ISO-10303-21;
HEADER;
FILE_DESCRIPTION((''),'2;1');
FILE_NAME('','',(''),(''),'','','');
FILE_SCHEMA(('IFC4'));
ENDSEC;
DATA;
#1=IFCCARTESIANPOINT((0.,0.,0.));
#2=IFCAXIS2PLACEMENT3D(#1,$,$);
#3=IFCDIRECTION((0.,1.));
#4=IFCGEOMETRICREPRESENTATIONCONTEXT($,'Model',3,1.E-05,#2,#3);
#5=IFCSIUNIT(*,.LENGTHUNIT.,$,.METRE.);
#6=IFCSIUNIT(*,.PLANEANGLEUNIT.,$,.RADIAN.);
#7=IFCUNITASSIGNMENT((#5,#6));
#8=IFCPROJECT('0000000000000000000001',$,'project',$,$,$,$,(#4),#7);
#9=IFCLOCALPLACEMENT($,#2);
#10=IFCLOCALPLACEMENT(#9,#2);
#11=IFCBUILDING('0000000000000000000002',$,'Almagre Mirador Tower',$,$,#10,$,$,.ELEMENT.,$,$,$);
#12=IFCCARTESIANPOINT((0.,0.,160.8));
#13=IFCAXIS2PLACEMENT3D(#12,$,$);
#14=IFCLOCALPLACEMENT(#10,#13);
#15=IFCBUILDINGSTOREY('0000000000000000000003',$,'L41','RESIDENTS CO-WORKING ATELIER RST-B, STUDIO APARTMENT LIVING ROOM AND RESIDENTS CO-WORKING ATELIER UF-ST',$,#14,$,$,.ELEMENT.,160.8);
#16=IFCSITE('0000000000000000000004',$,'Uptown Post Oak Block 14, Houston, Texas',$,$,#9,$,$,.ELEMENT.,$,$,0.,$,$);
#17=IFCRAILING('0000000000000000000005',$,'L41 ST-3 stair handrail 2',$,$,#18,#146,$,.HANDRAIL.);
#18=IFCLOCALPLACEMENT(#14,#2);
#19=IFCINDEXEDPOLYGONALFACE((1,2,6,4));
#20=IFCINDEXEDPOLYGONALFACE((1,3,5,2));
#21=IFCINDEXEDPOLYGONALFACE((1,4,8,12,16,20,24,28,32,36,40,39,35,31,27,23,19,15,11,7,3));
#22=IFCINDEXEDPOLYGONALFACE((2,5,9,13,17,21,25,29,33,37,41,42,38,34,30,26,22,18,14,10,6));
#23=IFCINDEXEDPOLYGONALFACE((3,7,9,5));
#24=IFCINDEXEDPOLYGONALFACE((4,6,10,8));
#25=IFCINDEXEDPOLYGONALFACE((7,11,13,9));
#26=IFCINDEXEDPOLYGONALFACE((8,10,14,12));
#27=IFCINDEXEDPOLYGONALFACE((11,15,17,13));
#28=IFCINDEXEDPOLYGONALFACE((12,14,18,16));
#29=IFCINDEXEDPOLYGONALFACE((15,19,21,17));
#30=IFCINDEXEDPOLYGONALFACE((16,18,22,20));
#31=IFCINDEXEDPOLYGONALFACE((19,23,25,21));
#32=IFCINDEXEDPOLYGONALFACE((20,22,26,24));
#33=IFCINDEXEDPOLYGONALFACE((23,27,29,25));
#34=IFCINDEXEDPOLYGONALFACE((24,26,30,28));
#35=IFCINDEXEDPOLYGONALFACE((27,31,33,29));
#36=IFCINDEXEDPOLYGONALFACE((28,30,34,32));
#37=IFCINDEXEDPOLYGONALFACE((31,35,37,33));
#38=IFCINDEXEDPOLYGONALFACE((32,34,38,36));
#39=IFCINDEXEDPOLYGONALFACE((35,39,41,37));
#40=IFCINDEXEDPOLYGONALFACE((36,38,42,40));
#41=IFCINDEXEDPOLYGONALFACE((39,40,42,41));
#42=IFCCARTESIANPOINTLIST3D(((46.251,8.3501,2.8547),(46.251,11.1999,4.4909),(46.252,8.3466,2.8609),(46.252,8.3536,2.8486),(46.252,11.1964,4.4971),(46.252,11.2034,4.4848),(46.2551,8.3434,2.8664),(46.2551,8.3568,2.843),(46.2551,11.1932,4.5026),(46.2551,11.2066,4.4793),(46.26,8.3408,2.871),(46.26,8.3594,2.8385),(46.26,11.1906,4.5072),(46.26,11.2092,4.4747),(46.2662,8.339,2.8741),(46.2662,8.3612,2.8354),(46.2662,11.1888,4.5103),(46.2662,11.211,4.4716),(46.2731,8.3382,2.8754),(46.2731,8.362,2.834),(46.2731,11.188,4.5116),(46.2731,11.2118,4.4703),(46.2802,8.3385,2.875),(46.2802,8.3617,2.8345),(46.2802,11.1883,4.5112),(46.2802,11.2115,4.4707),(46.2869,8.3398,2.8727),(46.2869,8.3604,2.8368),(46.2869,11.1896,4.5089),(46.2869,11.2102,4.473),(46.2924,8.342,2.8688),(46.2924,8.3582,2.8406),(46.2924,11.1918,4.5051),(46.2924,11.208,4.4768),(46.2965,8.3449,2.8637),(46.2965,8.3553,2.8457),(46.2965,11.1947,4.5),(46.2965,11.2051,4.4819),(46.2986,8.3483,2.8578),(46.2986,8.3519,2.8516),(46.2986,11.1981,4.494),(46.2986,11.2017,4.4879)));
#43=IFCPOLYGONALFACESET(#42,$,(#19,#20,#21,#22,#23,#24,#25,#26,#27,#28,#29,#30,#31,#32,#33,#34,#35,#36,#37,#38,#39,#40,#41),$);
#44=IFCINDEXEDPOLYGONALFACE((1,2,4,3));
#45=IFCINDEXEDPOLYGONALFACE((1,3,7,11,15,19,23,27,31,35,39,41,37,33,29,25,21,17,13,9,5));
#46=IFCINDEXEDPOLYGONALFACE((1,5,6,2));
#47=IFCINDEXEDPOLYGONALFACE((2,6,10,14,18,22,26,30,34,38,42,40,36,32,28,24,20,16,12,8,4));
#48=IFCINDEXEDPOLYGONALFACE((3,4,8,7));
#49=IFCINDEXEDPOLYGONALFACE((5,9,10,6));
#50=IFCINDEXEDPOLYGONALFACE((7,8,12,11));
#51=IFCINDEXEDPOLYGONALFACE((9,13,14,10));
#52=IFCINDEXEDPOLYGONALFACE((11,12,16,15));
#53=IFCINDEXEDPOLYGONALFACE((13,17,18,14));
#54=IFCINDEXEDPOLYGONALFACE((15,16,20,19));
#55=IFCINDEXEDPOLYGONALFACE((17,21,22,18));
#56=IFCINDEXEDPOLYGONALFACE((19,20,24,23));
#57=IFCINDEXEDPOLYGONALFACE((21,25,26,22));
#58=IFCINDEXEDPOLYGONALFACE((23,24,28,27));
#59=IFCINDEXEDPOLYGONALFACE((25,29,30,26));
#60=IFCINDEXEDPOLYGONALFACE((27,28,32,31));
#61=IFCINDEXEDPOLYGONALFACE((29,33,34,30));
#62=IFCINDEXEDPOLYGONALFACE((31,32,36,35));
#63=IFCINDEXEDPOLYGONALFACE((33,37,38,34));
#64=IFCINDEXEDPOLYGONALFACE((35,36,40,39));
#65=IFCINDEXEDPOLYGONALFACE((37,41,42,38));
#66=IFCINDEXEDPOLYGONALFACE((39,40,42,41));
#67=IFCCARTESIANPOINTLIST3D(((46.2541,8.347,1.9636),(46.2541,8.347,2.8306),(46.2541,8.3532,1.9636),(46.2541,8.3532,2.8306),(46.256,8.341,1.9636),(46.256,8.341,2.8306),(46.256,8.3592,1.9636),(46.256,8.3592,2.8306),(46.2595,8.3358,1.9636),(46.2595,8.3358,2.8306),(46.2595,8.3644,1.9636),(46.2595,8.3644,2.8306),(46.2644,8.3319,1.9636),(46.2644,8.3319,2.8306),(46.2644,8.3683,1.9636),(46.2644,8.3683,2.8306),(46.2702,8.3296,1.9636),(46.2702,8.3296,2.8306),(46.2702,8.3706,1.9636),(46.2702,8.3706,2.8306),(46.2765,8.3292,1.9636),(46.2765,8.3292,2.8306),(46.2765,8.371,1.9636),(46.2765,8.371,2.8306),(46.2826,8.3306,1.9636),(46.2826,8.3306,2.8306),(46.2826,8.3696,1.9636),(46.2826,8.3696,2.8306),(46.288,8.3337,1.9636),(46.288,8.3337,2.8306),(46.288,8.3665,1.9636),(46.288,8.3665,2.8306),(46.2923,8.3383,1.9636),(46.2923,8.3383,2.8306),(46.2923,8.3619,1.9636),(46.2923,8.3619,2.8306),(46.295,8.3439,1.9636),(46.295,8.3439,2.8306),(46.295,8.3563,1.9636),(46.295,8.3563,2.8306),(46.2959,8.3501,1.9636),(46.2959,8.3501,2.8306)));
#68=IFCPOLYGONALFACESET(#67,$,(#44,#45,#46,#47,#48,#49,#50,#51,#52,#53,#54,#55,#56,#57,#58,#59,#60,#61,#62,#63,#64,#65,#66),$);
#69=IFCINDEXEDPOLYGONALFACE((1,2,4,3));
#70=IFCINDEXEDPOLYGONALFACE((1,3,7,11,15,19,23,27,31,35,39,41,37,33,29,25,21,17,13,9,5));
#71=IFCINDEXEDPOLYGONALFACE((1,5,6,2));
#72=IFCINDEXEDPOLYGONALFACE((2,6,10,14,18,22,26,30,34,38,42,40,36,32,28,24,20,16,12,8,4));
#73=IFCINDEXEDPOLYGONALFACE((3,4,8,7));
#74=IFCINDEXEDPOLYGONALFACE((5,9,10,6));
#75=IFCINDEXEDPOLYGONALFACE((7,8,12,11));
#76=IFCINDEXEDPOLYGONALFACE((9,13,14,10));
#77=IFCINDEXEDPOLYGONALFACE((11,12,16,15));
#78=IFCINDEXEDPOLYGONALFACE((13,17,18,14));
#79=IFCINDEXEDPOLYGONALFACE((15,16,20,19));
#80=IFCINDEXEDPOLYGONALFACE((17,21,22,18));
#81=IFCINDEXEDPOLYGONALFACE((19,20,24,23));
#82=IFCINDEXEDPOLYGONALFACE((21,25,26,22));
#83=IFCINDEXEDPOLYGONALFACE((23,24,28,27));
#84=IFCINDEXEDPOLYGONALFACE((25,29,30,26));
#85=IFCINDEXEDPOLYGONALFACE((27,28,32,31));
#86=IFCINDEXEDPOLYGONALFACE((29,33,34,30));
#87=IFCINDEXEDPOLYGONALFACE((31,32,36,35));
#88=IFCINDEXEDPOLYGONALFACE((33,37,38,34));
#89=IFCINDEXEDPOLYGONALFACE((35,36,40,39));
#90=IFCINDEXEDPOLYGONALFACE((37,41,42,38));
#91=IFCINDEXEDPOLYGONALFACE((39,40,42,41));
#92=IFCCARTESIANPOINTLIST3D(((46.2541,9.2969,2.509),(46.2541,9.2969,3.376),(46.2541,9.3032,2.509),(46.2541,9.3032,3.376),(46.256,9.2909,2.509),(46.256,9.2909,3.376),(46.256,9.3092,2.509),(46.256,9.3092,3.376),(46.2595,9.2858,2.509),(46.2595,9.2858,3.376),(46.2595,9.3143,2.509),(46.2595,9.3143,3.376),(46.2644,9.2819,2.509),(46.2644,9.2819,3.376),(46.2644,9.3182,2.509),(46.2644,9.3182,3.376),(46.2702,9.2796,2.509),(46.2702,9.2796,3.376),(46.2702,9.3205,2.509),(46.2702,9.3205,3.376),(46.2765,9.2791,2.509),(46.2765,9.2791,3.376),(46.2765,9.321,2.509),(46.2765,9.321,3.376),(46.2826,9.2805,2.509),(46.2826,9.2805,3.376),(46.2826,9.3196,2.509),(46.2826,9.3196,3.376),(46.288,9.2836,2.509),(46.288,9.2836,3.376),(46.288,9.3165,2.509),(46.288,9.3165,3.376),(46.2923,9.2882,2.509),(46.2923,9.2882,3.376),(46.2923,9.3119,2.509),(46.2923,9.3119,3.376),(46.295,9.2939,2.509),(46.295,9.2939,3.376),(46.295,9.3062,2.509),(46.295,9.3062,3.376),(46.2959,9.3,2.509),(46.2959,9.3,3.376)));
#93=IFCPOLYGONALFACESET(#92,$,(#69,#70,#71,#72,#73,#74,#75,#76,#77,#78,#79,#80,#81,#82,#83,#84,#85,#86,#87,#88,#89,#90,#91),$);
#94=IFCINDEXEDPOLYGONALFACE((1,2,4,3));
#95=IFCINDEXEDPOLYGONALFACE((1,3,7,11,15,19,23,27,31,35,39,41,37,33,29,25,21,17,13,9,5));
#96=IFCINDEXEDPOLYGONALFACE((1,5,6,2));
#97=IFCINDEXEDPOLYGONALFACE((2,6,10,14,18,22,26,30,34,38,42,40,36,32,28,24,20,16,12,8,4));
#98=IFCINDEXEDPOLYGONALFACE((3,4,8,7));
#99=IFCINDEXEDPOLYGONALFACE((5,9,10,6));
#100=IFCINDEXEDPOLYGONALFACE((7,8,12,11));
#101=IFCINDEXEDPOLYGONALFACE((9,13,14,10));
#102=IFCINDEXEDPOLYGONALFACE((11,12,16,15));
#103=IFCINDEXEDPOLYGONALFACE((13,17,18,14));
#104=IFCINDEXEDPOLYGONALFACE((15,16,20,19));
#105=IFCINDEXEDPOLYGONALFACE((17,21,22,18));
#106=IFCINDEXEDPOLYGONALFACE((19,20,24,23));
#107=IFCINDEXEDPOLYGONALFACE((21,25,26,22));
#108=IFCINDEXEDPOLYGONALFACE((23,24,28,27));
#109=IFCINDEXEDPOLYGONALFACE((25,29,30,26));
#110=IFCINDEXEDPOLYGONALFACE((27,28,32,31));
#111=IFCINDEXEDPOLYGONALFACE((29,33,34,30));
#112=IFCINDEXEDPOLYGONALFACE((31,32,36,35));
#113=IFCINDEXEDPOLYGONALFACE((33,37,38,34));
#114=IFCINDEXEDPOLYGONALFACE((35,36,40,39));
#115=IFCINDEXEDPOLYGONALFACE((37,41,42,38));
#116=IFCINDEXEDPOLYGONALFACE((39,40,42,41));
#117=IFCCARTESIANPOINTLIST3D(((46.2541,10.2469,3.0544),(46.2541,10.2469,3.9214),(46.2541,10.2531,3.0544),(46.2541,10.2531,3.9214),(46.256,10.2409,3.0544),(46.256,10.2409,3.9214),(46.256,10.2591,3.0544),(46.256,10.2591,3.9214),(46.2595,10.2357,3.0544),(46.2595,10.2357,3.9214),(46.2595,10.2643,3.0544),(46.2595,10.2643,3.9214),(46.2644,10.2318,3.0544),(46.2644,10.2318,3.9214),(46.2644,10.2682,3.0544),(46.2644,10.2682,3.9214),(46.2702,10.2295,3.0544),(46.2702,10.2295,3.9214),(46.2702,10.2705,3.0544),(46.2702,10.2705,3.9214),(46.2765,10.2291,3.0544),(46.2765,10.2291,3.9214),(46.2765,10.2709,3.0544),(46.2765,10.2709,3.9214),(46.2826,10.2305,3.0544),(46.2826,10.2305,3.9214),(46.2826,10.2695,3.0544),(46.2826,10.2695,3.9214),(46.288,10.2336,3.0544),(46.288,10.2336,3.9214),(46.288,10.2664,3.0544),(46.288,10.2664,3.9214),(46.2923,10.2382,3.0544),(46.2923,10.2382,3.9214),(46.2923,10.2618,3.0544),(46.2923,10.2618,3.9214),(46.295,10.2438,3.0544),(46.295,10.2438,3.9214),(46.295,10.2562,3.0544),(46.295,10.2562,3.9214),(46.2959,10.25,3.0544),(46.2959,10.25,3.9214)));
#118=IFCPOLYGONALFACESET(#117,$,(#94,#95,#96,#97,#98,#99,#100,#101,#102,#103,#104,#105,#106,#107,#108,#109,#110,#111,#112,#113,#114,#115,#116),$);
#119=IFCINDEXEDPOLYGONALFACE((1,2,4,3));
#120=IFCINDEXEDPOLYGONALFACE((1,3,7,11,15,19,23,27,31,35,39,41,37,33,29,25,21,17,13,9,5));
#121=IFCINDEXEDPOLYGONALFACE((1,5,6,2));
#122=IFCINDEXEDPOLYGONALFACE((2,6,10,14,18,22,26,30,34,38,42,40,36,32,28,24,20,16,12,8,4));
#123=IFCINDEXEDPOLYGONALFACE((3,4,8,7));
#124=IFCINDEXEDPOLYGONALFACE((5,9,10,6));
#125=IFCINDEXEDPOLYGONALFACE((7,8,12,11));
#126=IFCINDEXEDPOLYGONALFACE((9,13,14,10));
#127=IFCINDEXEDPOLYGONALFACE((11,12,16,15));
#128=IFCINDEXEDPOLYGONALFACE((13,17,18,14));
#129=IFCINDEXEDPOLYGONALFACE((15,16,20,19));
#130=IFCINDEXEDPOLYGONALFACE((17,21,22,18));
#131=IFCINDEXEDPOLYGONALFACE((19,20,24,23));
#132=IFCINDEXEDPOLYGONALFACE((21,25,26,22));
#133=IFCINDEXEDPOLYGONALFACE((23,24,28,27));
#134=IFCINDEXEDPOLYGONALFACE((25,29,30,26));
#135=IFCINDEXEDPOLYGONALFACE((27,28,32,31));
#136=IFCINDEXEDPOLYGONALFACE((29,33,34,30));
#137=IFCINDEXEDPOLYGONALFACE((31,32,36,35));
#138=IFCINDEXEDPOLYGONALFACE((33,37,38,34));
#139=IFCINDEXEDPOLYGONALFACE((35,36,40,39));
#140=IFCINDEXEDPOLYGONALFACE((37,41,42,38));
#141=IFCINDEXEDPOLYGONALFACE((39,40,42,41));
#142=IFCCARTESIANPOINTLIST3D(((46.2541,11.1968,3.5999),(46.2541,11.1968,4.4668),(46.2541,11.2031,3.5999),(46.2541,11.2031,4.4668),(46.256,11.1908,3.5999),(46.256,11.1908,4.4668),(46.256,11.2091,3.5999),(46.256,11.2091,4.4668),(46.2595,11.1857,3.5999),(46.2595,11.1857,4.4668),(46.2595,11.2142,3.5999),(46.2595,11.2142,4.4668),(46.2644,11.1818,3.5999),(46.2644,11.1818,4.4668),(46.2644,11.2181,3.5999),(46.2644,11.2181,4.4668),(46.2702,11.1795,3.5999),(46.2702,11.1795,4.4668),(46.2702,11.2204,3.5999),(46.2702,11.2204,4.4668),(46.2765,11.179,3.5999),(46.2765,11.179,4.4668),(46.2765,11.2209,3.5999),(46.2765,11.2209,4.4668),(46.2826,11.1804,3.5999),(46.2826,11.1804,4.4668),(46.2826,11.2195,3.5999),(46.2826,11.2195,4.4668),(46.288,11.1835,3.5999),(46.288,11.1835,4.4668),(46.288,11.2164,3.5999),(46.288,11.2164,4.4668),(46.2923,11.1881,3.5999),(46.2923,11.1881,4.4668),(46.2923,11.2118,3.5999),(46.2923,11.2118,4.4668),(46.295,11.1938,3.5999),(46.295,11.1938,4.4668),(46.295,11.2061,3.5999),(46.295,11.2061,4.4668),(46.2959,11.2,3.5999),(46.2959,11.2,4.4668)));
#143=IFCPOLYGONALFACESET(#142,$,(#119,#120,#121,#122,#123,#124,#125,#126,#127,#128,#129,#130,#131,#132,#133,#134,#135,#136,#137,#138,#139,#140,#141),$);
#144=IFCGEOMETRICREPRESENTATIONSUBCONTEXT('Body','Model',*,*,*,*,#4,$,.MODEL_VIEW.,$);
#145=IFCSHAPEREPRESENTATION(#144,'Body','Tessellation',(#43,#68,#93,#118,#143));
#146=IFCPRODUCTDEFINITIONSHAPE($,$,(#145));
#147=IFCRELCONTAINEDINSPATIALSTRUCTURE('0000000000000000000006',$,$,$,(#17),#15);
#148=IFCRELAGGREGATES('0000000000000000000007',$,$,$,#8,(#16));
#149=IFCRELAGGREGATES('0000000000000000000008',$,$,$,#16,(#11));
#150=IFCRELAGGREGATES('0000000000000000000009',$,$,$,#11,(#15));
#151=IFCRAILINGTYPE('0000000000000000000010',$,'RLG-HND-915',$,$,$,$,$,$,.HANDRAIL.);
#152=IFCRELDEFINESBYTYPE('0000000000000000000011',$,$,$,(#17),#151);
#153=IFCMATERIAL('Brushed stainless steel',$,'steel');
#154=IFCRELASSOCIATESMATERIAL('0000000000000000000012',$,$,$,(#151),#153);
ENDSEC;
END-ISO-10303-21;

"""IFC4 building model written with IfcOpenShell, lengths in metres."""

from ifc_helpers import new_model, si_unit, direction, frame, origin, origin_2d, place, context, subcontext, project, spatial, circle, extrude, material, type_object, element, save


model = new_model("IFC4")

# Units and contexts
model_context = context("Model", 3, precision=1e-05, world=origin(), true_north=direction((0.0, 1.0)))
body_context = subcontext(model_context, "Body", "Model", "MODEL_VIEW")
ifc_project = project(units=[si_unit("LENGTHUNIT", "METRE"), si_unit("PLANEANGLEUNIT", "RADIAN")], contexts=[model_context])

# Site, building, storey
site_placement = place(None, origin())
site = spatial("IfcSite", under=ifc_project, at=site_placement, Name="Uptown Post Oak Block 14, Houston, Texas", CompositionType="ELEMENT", RefElevation=0.0)
building_placement = place(site_placement, origin())
building = spatial("IfcBuilding", under=site, at=building_placement, Name="Almagre Mirador Tower", CompositionType="ELEMENT")
storey_placement = place(building_placement, frame((0.0, 0.0, 160.8)))
storey = spatial("IfcBuildingStorey", under=building, at=storey_placement, Name="L41", Description="RESIDENTS CO-WORKING ATELIER RST-B, STUDIO APARTMENT LIVING ROOM AND RESIDENTS CO-WORKING ATELIER UF-ST", CompositionType="ELEMENT", Elevation=160.8)

# Railing
ifc_material_1 = material(Name="Brushed stainless steel", Category="steel")
railing_type_1 = type_object("IfcRailingType", Name="RLG-HND-915", PredefinedType="HANDRAIL", material=ifc_material_1)
railing_1_placement = place(storey_placement, frame((46.2749, 8.3501, 1.9636)))
element("IfcRailing", 1, at=railing_1_placement, inside=storey, type_object=railing_type_1, Name="L41 ST-3 stair handrail 2", PredefinedType="HANDRAIL", context=body_context, shape_type="SweptSolid", body=[
    extrude(circle(Radius=0.0239, at=origin_2d()), frame((0.0, 0.0, 0.8911), z_axis=(0.0, 0.867226, 0.497914), x_axis=(-1.0, 0.0, 0.0)), (0.0, 0.0, 1.0), 3.2861),
    extrude(circle(Radius=0.021, at=origin_2d()), origin(), (0.0, 0.0, 1.0), 0.8669),
    extrude(circle(Radius=0.021, at=origin_2d()), frame((0.0, 0.95, 0.5454)), (0.0, 0.0, 1.0), 0.8669),
    extrude(circle(Radius=0.021, at=origin_2d()), frame((0.0, 1.8999, 1.0908)), (0.0, 0.0, 1.0), 0.8669),
    extrude(circle(Radius=0.021, at=origin_2d()), frame((0.0, 2.8499, 1.6362)), (0.0, 0.0, 1.0), 0.8669),
])

save(model, "model.ifc")
